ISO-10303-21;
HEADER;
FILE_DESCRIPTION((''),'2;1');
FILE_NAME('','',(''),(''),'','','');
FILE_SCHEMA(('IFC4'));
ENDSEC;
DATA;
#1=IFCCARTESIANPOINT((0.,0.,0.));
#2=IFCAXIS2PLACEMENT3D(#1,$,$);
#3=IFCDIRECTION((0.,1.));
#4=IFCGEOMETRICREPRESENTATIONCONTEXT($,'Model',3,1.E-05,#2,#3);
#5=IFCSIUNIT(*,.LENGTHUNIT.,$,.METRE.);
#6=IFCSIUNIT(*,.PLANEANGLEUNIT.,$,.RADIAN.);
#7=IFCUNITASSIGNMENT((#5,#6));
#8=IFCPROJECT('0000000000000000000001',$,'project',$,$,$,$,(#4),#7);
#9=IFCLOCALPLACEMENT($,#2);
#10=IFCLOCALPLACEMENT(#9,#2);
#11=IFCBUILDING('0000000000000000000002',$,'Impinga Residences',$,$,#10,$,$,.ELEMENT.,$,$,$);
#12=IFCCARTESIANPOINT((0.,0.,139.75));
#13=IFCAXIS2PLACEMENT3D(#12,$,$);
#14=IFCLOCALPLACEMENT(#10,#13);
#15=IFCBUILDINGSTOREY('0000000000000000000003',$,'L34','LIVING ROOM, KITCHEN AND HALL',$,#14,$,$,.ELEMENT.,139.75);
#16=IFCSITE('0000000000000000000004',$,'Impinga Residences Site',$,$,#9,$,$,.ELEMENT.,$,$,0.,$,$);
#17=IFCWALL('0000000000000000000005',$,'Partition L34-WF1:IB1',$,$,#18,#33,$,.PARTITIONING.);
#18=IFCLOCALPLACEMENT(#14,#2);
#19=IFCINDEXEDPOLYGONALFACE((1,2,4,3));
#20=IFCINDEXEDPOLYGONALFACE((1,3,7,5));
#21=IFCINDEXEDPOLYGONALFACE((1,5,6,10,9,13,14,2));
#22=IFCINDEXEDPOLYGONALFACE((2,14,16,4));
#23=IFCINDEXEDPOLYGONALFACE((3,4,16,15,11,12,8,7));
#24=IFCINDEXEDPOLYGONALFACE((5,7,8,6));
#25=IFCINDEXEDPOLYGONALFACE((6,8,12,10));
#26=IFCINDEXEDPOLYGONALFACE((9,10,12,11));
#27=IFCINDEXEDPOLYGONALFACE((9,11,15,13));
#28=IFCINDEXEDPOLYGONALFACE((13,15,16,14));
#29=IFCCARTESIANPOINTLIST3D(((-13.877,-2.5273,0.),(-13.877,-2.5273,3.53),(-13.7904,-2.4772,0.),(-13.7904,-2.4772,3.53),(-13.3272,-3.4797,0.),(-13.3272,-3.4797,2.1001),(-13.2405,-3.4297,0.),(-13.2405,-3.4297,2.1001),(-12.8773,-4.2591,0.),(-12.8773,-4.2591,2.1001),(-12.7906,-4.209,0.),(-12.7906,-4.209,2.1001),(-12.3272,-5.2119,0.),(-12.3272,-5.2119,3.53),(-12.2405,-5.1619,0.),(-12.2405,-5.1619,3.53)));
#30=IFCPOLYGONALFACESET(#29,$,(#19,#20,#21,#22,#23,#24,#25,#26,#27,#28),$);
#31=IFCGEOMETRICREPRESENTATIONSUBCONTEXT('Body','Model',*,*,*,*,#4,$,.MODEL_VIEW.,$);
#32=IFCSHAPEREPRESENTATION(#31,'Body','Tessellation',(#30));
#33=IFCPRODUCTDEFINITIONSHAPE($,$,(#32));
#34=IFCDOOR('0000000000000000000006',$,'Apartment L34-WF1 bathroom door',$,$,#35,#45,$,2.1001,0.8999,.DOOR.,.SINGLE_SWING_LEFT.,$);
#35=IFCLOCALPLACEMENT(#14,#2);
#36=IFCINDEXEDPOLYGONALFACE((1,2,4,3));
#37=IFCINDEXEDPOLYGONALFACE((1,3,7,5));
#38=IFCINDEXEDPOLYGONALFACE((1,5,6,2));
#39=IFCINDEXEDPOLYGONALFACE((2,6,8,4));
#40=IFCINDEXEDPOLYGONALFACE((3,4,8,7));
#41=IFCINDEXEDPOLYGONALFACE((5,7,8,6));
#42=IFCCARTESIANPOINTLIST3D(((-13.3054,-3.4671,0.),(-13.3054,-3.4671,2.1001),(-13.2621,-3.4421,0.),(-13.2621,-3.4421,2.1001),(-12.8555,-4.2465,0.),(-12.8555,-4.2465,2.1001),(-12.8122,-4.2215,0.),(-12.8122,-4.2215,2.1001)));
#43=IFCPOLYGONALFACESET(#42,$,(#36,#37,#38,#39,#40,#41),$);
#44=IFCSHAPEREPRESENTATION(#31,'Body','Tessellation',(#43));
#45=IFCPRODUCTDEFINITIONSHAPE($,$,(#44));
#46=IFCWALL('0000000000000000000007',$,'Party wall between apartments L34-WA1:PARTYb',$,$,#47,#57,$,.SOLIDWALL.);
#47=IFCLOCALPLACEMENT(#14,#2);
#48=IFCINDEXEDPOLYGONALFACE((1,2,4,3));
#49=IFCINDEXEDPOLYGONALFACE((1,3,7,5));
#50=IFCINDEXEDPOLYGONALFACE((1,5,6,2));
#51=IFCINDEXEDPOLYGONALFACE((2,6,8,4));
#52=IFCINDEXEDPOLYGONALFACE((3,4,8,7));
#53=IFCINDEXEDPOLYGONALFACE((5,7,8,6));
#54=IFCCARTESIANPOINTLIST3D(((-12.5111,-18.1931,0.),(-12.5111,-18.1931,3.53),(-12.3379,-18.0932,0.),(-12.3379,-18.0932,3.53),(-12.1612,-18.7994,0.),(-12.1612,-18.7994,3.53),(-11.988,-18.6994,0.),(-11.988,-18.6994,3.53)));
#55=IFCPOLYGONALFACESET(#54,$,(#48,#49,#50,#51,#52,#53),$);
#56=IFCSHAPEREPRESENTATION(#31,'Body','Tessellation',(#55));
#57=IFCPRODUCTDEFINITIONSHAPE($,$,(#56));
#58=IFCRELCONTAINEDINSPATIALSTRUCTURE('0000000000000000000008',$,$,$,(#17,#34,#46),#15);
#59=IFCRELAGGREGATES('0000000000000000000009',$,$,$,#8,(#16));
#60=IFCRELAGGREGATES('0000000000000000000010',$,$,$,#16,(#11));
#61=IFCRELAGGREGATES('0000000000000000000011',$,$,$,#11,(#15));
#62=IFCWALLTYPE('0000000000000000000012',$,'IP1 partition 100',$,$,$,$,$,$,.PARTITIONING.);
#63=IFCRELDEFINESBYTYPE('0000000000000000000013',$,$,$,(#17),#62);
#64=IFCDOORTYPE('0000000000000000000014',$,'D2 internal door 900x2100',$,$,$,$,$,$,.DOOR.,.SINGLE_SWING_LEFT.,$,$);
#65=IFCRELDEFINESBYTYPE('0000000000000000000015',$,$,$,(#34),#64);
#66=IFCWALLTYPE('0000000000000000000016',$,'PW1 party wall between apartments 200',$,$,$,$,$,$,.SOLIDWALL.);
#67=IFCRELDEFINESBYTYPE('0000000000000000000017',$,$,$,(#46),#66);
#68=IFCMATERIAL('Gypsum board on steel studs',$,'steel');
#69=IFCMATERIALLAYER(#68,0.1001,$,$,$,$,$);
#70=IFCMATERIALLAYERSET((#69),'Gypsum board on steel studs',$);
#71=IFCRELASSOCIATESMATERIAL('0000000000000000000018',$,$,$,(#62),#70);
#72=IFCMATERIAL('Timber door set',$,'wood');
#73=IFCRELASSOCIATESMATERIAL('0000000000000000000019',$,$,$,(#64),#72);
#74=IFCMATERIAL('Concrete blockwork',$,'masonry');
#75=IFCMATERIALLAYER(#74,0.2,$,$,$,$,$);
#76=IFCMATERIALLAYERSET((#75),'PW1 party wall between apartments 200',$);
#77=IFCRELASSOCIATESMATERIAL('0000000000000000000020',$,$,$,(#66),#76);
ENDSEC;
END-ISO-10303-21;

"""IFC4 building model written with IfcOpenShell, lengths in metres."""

from ifc_helpers import new_model, si_unit, direction, frame, frame_2d, origin, place, context, subcontext, project, spatial, rectangle, extrude, material, layer, layer_set, type_object, element, fill, save


model = new_model("IFC4")

# Units and contexts
model_context = context("Model", 3, precision=1e-05, world=origin(), true_north=direction((0.0, 1.0)))
body_context = subcontext(model_context, "Body", "Model", "MODEL_VIEW")
ifc_project = project(units=[si_unit("LENGTHUNIT", "METRE"), si_unit("PLANEANGLEUNIT", "RADIAN")], contexts=[model_context])

# Site, building, storey
site_placement = place(None, origin())
site = spatial("IfcSite", under=ifc_project, at=site_placement, Name="Impinga Residences Site", CompositionType="ELEMENT", RefElevation=0.0)
building_placement = place(site_placement, origin())
building = spatial("IfcBuilding", under=site, at=building_placement, Name="Impinga Residences", CompositionType="ELEMENT")
storey_placement = place(building_placement, frame((0.0, 0.0, 139.75)))
storey = spatial("IfcBuildingStorey", under=building, at=storey_placement, Name="L34", Description="LIVING ROOM, KITCHEN AND HALL", CompositionType="ELEMENT", Elevation=139.75)

# Shared definitions
ifc_material_1 = material(Name="Timber door set", Category="wood")

# Shared definitions
ifc_material_2 = material(Name="Gypsum board on steel studs", Category="steel")
ifc_layer_1 = layer(ifc_material_2, 0.1001)
ifc_layer_set_1 = layer_set([ifc_layer_1], Name="Gypsum board on steel studs")
wall_type_1 = type_object("IfcWallType", Name="IP1 partition 100", PredefinedType="PARTITIONING", material=ifc_layer_set_1)

# Shared definitions
door_type_1 = type_object("IfcDoorType", Name="D2 internal door 900x2100", OperationType="SINGLE_SWING_LEFT", PredefinedType="DOOR", material=ifc_material_1)

# Wall, opening, door
wall_1_placement = place(storey_placement, frame((-12.2839, -5.1868, 0.0), z_axis=(0.0, 0.0, 1.0), x_axis=(-0.499968, 0.866044, 0.0)))
wall_1 = element("IfcWall", 1, at=wall_1_placement, inside=storey, type_object=wall_type_1, Name="Partition L34-WF1:IB1", PredefinedType="PARTITIONING", context=body_context, shape_type="SweptSolid", body=[
    extrude(rectangle(XDim=3.0999, YDim=0.1001, at=frame_2d((1.5498, 0.0))), origin(), (0.0, 0.0, 1.0), 3.53),
])
opening_1_placement = place(wall_1_placement, frame((1.1001, 0.0, 0.0)))
opening_1 = element("IfcOpeningElement", 2, at=opening_1_placement, cuts=wall_1, PredefinedType="OPENING", context=body_context, shape_type="SweptSolid", body=[
    extrude(rectangle(XDim=0.8999, YDim=2.1001, at=frame_2d((0.45, 1.05))), frame((0.0, 0.0601, 0.0), z_axis=(0.0, -1.0, 0.0), x_axis=(1.0, 0.0, 0.0)), (0.0, 0.0, 1.0), 0.1201),
])
door_1_placement = place(opening_1_placement, origin())
door_1 = element("IfcDoor", 3, at=door_1_placement, inside=storey, type_object=door_type_1, Name="Apartment L34-WF1 bathroom door", OperationType="SINGLE_SWING_LEFT", OverallHeight=2.1001, OverallWidth=0.8999, PredefinedType="DOOR", context=body_context, shape_type="SweptSolid", body=[
    extrude(rectangle(XDim=0.8999, YDim=2.1001, at=frame_2d((0.45, 1.05))), frame((0.0, 0.0249, 0.0), z_axis=(0.0, -1.0, 0.0), x_axis=(1.0, 0.0, 0.0)), (0.0, 0.0, 1.0), 0.05),
])
fill(opening_1, door_1)

# Wall
ifc_material_3 = material(Name="Concrete blockwork", Category="masonry")
ifc_layer_2 = layer(ifc_material_3, 0.2)
ifc_layer_set_2 = layer_set([ifc_layer_2], Name="PW1 party wall between apartments 200")
wall_type_2 = type_object("IfcWallType", Name="PW1 party wall between apartments 200", PredefinedType="SOLIDWALL", material=ifc_layer_set_2)
wall_2_placement = place(storey_placement, frame((-12.4246, -18.1431, 0.0), z_axis=(0.0, 0.0, 1.0), x_axis=(0.499853, -0.86611, 0.0)))
element("IfcWall", 4, at=wall_2_placement, inside=storey, type_object=wall_type_2, Name="Party wall between apartments L34-WA1:PARTYb", PredefinedType="SOLIDWALL", context=body_context, shape_type="SweptSolid", body=[
    extrude(rectangle(XDim=0.7, YDim=0.2, at=frame_2d((0.3501, 0.0))), origin(), (0.0, 0.0, 1.0), 3.53),
])

save(model, "model.ifc")
